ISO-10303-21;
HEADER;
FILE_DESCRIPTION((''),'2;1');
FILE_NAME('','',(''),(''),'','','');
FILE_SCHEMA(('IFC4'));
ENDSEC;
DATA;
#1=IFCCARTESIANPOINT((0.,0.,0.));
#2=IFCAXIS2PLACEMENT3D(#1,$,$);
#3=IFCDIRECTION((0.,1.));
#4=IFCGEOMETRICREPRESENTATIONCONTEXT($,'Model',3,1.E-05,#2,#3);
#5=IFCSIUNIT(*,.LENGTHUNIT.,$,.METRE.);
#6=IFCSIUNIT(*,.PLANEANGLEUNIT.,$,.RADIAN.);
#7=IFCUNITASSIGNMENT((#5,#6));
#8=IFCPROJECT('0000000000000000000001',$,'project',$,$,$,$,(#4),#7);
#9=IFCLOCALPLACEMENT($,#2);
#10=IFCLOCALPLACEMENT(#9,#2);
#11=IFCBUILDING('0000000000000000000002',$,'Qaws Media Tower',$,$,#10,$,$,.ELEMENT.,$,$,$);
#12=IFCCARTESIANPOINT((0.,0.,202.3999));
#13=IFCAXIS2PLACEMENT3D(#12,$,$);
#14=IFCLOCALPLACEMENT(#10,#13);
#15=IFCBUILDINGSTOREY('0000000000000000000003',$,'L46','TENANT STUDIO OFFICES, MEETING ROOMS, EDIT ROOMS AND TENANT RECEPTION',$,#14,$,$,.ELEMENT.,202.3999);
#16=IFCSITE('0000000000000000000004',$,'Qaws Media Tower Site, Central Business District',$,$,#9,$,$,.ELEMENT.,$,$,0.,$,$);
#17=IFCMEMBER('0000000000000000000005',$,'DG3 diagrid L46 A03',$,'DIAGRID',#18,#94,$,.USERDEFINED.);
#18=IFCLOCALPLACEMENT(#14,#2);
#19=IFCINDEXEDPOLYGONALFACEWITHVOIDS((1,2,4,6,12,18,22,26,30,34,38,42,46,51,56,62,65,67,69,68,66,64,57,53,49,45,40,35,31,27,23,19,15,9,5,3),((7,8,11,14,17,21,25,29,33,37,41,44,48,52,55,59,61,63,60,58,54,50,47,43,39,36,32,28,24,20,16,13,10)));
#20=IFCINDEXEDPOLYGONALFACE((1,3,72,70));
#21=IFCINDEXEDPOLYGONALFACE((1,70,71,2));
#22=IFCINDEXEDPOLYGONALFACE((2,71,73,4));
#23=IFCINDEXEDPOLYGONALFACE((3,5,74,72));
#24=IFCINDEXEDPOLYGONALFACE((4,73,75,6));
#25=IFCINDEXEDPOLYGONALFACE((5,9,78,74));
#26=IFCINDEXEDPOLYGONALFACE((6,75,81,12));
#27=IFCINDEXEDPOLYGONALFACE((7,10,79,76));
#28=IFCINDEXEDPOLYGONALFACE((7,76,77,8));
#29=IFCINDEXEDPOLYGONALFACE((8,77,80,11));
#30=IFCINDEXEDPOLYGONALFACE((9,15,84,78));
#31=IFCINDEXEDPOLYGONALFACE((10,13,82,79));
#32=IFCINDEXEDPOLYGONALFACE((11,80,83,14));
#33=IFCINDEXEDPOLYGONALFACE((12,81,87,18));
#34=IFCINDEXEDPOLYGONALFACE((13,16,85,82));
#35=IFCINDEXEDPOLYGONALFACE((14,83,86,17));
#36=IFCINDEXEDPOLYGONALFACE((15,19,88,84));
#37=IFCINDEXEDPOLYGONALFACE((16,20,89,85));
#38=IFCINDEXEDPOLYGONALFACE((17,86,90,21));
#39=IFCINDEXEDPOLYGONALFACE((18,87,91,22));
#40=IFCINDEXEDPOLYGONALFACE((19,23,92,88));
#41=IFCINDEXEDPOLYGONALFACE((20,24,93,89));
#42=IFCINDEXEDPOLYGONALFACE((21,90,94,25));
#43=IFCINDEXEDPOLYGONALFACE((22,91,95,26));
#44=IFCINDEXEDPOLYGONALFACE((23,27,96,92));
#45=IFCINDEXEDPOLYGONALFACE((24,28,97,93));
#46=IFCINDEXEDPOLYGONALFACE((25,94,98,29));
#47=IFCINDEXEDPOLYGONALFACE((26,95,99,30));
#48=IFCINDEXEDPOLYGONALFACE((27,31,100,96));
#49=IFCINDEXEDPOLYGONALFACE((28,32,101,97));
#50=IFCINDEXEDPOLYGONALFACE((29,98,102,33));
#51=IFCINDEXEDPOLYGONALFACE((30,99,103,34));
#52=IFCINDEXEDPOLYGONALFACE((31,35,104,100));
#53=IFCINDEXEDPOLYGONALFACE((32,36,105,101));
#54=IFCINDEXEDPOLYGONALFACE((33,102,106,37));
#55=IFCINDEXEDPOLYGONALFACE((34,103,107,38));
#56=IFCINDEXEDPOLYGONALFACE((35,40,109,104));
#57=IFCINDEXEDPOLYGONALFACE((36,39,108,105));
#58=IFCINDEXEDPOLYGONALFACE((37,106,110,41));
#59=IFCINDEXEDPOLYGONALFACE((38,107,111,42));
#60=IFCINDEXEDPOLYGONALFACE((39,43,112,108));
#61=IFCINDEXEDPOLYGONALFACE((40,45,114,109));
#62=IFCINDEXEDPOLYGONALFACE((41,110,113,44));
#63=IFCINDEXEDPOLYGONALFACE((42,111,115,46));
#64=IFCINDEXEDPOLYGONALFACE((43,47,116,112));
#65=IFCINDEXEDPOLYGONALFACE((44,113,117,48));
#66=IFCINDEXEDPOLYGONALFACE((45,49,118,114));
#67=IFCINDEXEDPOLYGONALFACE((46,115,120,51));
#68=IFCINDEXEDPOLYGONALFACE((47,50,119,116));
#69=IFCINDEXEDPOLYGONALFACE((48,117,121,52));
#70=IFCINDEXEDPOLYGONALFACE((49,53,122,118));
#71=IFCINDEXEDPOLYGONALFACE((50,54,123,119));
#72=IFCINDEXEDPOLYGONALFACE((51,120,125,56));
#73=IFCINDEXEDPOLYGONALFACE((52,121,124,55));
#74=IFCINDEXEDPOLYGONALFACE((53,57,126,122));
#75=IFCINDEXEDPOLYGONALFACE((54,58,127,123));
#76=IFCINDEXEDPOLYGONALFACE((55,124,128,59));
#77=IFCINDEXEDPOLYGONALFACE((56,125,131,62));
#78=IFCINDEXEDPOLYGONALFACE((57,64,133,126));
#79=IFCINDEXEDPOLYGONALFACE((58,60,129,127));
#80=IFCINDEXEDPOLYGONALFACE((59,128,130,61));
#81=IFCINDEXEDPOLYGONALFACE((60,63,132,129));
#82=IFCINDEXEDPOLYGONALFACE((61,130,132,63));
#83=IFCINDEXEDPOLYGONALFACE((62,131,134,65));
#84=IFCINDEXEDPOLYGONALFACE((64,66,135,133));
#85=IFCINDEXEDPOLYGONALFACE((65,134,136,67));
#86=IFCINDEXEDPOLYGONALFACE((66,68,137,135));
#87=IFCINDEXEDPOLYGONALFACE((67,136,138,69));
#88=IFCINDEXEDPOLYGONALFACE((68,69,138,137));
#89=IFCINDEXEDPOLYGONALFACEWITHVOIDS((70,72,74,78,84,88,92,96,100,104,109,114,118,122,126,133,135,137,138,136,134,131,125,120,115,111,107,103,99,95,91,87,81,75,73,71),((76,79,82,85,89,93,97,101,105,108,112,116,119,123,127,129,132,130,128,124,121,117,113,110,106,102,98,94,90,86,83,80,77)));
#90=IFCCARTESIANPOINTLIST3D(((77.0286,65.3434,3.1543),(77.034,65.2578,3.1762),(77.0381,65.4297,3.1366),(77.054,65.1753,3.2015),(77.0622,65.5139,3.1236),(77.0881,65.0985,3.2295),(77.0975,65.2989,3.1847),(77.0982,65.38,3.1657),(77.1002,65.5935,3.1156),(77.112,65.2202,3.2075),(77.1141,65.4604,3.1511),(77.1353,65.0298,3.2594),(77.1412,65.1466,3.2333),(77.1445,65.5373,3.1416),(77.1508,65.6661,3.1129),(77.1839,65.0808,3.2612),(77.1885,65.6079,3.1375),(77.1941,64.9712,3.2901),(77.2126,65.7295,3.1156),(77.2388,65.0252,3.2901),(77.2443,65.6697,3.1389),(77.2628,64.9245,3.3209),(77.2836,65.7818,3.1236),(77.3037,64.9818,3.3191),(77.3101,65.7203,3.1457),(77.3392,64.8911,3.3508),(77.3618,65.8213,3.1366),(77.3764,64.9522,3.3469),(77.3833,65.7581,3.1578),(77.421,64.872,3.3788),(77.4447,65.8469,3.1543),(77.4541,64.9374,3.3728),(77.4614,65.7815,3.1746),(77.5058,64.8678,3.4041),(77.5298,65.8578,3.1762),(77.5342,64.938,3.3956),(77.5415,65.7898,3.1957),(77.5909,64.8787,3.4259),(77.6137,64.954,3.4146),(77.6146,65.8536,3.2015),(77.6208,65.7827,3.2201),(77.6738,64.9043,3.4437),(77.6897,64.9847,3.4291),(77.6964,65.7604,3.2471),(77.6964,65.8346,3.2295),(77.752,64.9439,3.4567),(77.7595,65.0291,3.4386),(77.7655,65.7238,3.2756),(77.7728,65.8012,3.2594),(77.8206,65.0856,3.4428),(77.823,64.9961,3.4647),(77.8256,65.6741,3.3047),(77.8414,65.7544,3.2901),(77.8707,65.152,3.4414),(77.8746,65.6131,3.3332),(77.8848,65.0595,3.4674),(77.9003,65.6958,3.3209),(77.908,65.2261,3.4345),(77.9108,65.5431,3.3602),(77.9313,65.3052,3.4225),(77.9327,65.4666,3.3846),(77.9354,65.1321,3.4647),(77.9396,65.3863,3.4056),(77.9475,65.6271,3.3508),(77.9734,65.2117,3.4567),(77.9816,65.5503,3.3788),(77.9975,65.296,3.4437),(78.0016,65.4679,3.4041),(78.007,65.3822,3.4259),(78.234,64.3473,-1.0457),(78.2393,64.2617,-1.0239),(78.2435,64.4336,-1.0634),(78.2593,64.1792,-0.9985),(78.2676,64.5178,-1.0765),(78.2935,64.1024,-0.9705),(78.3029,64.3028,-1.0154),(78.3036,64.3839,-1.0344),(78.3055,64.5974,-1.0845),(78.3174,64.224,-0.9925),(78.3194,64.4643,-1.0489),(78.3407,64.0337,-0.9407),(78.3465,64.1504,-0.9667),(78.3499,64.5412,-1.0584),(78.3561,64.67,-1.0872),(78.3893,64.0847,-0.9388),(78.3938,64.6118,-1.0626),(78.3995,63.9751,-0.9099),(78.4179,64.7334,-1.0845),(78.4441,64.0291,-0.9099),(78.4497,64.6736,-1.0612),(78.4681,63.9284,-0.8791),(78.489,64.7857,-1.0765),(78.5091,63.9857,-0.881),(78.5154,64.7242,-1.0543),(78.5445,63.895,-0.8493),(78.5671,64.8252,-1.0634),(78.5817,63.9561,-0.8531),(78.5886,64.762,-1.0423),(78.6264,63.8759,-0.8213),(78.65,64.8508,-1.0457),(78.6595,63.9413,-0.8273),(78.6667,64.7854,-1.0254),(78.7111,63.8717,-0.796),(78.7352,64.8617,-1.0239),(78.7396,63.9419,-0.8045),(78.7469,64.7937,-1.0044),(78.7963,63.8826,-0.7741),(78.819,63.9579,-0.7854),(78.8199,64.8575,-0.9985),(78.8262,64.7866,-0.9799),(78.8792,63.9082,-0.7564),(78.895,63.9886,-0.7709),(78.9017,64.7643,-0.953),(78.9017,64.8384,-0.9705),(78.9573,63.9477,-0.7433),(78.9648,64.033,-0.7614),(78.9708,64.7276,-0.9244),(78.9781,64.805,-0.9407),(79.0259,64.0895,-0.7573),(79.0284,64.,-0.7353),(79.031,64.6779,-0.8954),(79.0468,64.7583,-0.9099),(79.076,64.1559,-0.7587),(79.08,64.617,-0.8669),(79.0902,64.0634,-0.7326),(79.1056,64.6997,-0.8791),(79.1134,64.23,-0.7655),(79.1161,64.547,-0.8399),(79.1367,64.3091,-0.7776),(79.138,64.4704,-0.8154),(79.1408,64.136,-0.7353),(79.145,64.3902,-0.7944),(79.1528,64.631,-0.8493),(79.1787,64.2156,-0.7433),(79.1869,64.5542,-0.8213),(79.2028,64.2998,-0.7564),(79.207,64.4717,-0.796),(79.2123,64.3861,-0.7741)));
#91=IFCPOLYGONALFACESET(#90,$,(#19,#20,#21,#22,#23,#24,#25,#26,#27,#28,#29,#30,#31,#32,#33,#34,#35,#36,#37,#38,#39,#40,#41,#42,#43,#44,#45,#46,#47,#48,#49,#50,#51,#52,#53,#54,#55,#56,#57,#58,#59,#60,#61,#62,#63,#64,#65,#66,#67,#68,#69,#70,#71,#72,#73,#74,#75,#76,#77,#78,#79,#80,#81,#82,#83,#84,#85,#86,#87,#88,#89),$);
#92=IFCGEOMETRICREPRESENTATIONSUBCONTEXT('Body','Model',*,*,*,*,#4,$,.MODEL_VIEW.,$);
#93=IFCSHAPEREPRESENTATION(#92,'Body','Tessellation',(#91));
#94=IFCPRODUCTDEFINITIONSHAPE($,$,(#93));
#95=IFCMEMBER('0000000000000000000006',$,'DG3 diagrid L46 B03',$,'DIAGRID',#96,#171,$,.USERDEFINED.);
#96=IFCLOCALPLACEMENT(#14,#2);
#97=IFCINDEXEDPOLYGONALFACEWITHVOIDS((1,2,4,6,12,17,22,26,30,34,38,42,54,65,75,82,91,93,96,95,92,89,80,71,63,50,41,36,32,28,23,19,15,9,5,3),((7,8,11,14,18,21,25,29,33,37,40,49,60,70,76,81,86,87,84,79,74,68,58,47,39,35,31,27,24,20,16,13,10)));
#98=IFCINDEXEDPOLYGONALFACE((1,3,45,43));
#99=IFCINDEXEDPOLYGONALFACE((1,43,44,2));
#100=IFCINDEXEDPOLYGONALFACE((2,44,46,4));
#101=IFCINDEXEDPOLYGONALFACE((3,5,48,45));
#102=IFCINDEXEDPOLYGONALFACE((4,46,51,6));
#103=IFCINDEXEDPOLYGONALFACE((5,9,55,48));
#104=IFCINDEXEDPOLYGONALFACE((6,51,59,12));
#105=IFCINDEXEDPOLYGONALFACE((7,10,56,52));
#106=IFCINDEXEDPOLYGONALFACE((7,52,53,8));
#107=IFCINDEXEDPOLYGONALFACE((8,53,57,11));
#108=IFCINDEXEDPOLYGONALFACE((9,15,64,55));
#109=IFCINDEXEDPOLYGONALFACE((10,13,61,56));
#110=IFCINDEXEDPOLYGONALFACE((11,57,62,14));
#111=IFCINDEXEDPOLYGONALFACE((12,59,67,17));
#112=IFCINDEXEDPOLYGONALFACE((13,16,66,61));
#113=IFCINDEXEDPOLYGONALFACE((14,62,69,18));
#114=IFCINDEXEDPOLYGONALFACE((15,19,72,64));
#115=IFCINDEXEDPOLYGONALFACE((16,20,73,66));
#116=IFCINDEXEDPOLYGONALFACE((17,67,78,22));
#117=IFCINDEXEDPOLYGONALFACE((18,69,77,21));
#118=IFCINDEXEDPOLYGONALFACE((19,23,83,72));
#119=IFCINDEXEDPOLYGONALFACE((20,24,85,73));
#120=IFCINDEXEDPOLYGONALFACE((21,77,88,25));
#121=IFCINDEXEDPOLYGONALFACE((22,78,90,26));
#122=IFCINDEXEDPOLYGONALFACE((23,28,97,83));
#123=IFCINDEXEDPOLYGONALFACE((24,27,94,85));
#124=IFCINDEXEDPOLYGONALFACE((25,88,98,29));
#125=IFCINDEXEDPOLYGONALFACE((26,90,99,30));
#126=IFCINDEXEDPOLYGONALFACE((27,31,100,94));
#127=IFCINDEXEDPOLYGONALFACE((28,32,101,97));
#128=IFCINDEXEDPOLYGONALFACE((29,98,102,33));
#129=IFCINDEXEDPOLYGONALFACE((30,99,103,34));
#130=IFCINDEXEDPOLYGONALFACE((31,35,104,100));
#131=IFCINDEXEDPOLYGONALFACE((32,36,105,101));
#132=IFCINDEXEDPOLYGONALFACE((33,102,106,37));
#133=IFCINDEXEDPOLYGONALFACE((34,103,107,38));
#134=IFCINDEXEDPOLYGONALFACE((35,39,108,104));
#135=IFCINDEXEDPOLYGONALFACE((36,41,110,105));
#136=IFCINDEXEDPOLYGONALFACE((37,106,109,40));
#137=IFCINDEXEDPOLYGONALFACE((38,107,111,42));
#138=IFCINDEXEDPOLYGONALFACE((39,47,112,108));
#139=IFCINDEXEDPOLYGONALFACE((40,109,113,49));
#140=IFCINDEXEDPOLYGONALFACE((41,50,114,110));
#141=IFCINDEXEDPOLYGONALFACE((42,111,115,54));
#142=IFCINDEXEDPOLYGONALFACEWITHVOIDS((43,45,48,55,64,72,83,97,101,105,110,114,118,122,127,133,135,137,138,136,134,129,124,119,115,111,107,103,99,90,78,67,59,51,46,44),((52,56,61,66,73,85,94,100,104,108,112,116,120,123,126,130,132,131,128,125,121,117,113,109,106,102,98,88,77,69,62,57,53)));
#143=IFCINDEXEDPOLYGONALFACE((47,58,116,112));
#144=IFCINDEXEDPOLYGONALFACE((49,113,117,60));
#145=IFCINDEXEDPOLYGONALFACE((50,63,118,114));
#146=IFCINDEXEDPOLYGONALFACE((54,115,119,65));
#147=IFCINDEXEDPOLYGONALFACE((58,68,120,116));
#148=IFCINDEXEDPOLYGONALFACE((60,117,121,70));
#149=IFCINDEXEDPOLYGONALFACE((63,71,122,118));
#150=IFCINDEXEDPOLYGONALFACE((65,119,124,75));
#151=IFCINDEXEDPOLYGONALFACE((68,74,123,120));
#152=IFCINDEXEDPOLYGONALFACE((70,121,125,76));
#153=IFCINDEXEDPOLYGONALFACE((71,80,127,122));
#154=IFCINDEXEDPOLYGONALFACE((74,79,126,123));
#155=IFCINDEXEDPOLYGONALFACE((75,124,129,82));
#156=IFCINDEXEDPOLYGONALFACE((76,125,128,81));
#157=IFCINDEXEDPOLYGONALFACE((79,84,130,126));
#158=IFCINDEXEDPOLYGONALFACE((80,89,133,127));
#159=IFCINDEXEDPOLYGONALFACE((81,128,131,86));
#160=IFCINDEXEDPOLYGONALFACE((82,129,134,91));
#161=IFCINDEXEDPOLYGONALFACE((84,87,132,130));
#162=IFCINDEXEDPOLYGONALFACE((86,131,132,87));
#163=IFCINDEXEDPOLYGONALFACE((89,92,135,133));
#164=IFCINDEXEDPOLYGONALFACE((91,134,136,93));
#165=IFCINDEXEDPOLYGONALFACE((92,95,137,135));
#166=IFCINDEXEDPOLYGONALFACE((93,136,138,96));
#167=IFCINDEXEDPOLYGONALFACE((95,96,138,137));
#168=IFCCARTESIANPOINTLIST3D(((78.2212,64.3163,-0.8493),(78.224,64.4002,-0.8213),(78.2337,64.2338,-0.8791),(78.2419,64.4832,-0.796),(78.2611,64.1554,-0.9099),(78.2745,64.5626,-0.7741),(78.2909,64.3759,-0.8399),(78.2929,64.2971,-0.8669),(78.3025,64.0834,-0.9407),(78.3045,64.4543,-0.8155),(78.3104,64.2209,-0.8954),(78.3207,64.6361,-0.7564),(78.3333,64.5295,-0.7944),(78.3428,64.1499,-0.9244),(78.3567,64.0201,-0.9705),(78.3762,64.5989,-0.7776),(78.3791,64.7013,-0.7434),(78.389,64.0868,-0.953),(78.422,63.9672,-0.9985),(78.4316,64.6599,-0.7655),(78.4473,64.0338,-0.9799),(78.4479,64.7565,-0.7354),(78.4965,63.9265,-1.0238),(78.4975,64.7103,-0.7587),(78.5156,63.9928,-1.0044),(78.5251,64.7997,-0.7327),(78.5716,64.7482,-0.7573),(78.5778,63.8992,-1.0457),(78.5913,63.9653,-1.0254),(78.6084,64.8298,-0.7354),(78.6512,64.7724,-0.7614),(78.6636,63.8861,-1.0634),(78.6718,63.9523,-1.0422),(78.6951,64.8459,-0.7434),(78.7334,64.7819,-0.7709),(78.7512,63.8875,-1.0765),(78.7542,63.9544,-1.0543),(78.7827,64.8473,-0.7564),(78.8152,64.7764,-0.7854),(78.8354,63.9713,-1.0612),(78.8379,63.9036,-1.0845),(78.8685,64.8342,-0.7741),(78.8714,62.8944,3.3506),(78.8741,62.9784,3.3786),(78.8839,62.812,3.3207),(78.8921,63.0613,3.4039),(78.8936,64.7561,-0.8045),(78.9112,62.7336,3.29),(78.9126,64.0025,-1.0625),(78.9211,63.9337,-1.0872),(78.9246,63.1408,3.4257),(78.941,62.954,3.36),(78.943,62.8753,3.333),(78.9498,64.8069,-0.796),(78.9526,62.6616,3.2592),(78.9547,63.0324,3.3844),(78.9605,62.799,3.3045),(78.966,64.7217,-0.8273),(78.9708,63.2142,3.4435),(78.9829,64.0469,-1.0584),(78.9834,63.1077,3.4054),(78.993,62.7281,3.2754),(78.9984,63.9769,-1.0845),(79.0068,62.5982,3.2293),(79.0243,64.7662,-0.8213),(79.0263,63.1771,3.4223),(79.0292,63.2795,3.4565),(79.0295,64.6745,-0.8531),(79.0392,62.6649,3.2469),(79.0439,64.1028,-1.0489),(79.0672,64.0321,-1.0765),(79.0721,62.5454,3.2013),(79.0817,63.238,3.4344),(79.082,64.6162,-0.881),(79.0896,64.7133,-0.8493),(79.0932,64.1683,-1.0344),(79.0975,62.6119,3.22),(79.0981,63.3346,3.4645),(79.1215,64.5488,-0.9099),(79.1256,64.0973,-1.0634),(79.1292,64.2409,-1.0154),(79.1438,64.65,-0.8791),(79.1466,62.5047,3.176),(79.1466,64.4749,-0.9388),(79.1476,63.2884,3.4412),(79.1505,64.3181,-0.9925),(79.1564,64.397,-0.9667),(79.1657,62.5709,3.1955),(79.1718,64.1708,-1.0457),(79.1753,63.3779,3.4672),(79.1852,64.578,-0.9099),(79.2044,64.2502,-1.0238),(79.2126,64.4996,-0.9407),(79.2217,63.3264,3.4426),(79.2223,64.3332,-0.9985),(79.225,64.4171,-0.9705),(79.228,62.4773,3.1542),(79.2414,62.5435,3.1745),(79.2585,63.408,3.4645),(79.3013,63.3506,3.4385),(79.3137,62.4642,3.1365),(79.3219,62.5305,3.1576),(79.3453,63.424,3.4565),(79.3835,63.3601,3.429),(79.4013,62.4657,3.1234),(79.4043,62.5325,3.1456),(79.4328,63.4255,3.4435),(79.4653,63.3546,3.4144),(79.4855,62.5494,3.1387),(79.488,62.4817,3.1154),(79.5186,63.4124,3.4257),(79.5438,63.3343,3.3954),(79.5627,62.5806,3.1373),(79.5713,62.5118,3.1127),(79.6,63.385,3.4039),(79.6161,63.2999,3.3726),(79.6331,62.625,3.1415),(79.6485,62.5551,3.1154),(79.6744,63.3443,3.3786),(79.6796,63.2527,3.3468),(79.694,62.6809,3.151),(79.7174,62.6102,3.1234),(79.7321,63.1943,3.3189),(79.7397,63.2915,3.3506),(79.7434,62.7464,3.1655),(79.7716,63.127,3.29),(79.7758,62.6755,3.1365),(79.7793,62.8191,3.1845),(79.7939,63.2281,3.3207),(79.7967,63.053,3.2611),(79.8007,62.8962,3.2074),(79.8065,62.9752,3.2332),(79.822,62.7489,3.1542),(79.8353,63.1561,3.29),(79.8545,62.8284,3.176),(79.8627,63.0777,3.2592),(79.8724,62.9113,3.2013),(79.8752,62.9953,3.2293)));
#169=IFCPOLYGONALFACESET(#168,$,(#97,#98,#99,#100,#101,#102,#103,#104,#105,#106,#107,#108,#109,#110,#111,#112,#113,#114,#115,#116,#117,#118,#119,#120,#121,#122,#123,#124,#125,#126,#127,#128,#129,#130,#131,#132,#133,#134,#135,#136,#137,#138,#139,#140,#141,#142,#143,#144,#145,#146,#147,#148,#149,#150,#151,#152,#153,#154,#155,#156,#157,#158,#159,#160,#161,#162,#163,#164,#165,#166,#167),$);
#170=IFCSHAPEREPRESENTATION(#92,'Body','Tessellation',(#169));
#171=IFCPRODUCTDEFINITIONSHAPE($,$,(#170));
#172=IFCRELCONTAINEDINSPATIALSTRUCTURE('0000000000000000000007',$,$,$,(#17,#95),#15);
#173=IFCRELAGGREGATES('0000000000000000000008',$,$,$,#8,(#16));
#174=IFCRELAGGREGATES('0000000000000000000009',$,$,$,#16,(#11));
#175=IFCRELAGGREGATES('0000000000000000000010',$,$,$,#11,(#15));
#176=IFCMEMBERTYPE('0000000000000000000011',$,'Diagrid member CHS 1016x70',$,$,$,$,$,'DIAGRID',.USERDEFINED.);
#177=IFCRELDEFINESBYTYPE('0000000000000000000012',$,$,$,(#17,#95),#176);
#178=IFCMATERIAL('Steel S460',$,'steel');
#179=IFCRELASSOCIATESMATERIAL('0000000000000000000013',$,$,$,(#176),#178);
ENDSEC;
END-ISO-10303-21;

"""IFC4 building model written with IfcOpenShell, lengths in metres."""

from ifc_helpers import new_model, si_unit, direction, frame, origin, origin_2d, place, context, subcontext, project, spatial, hollow_circle, extrude, material, material_profile, profile_set, type_object, element, save


model = new_model("IFC4")

# Units and contexts
model_context = context("Model", 3, precision=1e-05, world=origin(), true_north=direction((0.0, 1.0)))
body_context = subcontext(model_context, "Body", "Model", "MODEL_VIEW")
ifc_project = project(units=[si_unit("LENGTHUNIT", "METRE"), si_unit("PLANEANGLEUNIT", "RADIAN")], contexts=[model_context])

# Site, building, storey
site_placement = place(None, origin())
site = spatial("IfcSite", under=ifc_project, at=site_placement, Name="Qaws Media Tower Site, Central Business District", CompositionType="ELEMENT", RefElevation=0.0)
building_placement = place(site_placement, origin())
building = spatial("IfcBuilding", under=site, at=building_placement, Name="Qaws Media Tower", CompositionType="ELEMENT")
storey_placement = place(building_placement, frame((0.0, 0.0, 202.3999)))
storey = spatial("IfcBuildingStorey", under=building, at=storey_placement, Name="L46", Description="TENANT STUDIO OFFICES, MEETING ROOMS, EDIT ROOMS AND TENANT RECEPTION", CompositionType="ELEMENT", Elevation=202.3999)

# Members
ifc_material_1 = material(Name="Steel S460", Category="steel")
ifc_material_profile_1 = material_profile(ifc_material_1, hollow_circle(Radius=0.5081, WallThickness=0.0701, at=origin_2d()), Name="CHS 1016x70")
ifc_profile_set_1 = profile_set([ifc_material_profile_1], Name="Steel S460")
member_type_1 = type_object("IfcMemberType", Name="Diagrid member CHS 1016x70", ElementType="DIAGRID", PredefinedType="USERDEFINED", material=ifc_profile_set_1)
member_1_placement = place(storey_placement, frame((78.7231, 64.3667, -0.9099), z_axis=(-0.26895, 0.222264, 0.937158), x_axis=(-0.637031, -0.770838, 0.0)))
element("IfcMember", 1, at=member_1_placement, inside=storey, type_object=member_type_1, Name="DG3 diagrid L46 A03", ObjectType="DIAGRID", PredefinedType="USERDEFINED", context=body_context, shape_type="SweptSolid", body=[
    extrude(hollow_circle(Radius=0.5081, WallThickness=0.0701, at=origin_2d()), origin(), (0.0, 0.0, 1.0), 4.4817),
])
for number, where, z_axis, x_axis, name in (
    (2, (78.7231, 64.3667, -0.9099), (0.145073, -0.317275, 0.937171), (0.909439, 0.415837, 0.0), "DG3 diagrid L46 B03"),
):
    element("IfcMember", number, at=place(storey_placement, frame(where, z_axis=z_axis, x_axis=x_axis)), inside=storey, type_object=member_type_1, Name=name, ObjectType="DIAGRID", PredefinedType="USERDEFINED", context=body_context, shape_type="SweptSolid", body=[
        extrude(hollow_circle(Radius=0.5081, WallThickness=0.0701, at=origin_2d()), origin(), (0.0, 0.0, 1.0), 4.4814),
    ])

save(model, "model.ifc")
